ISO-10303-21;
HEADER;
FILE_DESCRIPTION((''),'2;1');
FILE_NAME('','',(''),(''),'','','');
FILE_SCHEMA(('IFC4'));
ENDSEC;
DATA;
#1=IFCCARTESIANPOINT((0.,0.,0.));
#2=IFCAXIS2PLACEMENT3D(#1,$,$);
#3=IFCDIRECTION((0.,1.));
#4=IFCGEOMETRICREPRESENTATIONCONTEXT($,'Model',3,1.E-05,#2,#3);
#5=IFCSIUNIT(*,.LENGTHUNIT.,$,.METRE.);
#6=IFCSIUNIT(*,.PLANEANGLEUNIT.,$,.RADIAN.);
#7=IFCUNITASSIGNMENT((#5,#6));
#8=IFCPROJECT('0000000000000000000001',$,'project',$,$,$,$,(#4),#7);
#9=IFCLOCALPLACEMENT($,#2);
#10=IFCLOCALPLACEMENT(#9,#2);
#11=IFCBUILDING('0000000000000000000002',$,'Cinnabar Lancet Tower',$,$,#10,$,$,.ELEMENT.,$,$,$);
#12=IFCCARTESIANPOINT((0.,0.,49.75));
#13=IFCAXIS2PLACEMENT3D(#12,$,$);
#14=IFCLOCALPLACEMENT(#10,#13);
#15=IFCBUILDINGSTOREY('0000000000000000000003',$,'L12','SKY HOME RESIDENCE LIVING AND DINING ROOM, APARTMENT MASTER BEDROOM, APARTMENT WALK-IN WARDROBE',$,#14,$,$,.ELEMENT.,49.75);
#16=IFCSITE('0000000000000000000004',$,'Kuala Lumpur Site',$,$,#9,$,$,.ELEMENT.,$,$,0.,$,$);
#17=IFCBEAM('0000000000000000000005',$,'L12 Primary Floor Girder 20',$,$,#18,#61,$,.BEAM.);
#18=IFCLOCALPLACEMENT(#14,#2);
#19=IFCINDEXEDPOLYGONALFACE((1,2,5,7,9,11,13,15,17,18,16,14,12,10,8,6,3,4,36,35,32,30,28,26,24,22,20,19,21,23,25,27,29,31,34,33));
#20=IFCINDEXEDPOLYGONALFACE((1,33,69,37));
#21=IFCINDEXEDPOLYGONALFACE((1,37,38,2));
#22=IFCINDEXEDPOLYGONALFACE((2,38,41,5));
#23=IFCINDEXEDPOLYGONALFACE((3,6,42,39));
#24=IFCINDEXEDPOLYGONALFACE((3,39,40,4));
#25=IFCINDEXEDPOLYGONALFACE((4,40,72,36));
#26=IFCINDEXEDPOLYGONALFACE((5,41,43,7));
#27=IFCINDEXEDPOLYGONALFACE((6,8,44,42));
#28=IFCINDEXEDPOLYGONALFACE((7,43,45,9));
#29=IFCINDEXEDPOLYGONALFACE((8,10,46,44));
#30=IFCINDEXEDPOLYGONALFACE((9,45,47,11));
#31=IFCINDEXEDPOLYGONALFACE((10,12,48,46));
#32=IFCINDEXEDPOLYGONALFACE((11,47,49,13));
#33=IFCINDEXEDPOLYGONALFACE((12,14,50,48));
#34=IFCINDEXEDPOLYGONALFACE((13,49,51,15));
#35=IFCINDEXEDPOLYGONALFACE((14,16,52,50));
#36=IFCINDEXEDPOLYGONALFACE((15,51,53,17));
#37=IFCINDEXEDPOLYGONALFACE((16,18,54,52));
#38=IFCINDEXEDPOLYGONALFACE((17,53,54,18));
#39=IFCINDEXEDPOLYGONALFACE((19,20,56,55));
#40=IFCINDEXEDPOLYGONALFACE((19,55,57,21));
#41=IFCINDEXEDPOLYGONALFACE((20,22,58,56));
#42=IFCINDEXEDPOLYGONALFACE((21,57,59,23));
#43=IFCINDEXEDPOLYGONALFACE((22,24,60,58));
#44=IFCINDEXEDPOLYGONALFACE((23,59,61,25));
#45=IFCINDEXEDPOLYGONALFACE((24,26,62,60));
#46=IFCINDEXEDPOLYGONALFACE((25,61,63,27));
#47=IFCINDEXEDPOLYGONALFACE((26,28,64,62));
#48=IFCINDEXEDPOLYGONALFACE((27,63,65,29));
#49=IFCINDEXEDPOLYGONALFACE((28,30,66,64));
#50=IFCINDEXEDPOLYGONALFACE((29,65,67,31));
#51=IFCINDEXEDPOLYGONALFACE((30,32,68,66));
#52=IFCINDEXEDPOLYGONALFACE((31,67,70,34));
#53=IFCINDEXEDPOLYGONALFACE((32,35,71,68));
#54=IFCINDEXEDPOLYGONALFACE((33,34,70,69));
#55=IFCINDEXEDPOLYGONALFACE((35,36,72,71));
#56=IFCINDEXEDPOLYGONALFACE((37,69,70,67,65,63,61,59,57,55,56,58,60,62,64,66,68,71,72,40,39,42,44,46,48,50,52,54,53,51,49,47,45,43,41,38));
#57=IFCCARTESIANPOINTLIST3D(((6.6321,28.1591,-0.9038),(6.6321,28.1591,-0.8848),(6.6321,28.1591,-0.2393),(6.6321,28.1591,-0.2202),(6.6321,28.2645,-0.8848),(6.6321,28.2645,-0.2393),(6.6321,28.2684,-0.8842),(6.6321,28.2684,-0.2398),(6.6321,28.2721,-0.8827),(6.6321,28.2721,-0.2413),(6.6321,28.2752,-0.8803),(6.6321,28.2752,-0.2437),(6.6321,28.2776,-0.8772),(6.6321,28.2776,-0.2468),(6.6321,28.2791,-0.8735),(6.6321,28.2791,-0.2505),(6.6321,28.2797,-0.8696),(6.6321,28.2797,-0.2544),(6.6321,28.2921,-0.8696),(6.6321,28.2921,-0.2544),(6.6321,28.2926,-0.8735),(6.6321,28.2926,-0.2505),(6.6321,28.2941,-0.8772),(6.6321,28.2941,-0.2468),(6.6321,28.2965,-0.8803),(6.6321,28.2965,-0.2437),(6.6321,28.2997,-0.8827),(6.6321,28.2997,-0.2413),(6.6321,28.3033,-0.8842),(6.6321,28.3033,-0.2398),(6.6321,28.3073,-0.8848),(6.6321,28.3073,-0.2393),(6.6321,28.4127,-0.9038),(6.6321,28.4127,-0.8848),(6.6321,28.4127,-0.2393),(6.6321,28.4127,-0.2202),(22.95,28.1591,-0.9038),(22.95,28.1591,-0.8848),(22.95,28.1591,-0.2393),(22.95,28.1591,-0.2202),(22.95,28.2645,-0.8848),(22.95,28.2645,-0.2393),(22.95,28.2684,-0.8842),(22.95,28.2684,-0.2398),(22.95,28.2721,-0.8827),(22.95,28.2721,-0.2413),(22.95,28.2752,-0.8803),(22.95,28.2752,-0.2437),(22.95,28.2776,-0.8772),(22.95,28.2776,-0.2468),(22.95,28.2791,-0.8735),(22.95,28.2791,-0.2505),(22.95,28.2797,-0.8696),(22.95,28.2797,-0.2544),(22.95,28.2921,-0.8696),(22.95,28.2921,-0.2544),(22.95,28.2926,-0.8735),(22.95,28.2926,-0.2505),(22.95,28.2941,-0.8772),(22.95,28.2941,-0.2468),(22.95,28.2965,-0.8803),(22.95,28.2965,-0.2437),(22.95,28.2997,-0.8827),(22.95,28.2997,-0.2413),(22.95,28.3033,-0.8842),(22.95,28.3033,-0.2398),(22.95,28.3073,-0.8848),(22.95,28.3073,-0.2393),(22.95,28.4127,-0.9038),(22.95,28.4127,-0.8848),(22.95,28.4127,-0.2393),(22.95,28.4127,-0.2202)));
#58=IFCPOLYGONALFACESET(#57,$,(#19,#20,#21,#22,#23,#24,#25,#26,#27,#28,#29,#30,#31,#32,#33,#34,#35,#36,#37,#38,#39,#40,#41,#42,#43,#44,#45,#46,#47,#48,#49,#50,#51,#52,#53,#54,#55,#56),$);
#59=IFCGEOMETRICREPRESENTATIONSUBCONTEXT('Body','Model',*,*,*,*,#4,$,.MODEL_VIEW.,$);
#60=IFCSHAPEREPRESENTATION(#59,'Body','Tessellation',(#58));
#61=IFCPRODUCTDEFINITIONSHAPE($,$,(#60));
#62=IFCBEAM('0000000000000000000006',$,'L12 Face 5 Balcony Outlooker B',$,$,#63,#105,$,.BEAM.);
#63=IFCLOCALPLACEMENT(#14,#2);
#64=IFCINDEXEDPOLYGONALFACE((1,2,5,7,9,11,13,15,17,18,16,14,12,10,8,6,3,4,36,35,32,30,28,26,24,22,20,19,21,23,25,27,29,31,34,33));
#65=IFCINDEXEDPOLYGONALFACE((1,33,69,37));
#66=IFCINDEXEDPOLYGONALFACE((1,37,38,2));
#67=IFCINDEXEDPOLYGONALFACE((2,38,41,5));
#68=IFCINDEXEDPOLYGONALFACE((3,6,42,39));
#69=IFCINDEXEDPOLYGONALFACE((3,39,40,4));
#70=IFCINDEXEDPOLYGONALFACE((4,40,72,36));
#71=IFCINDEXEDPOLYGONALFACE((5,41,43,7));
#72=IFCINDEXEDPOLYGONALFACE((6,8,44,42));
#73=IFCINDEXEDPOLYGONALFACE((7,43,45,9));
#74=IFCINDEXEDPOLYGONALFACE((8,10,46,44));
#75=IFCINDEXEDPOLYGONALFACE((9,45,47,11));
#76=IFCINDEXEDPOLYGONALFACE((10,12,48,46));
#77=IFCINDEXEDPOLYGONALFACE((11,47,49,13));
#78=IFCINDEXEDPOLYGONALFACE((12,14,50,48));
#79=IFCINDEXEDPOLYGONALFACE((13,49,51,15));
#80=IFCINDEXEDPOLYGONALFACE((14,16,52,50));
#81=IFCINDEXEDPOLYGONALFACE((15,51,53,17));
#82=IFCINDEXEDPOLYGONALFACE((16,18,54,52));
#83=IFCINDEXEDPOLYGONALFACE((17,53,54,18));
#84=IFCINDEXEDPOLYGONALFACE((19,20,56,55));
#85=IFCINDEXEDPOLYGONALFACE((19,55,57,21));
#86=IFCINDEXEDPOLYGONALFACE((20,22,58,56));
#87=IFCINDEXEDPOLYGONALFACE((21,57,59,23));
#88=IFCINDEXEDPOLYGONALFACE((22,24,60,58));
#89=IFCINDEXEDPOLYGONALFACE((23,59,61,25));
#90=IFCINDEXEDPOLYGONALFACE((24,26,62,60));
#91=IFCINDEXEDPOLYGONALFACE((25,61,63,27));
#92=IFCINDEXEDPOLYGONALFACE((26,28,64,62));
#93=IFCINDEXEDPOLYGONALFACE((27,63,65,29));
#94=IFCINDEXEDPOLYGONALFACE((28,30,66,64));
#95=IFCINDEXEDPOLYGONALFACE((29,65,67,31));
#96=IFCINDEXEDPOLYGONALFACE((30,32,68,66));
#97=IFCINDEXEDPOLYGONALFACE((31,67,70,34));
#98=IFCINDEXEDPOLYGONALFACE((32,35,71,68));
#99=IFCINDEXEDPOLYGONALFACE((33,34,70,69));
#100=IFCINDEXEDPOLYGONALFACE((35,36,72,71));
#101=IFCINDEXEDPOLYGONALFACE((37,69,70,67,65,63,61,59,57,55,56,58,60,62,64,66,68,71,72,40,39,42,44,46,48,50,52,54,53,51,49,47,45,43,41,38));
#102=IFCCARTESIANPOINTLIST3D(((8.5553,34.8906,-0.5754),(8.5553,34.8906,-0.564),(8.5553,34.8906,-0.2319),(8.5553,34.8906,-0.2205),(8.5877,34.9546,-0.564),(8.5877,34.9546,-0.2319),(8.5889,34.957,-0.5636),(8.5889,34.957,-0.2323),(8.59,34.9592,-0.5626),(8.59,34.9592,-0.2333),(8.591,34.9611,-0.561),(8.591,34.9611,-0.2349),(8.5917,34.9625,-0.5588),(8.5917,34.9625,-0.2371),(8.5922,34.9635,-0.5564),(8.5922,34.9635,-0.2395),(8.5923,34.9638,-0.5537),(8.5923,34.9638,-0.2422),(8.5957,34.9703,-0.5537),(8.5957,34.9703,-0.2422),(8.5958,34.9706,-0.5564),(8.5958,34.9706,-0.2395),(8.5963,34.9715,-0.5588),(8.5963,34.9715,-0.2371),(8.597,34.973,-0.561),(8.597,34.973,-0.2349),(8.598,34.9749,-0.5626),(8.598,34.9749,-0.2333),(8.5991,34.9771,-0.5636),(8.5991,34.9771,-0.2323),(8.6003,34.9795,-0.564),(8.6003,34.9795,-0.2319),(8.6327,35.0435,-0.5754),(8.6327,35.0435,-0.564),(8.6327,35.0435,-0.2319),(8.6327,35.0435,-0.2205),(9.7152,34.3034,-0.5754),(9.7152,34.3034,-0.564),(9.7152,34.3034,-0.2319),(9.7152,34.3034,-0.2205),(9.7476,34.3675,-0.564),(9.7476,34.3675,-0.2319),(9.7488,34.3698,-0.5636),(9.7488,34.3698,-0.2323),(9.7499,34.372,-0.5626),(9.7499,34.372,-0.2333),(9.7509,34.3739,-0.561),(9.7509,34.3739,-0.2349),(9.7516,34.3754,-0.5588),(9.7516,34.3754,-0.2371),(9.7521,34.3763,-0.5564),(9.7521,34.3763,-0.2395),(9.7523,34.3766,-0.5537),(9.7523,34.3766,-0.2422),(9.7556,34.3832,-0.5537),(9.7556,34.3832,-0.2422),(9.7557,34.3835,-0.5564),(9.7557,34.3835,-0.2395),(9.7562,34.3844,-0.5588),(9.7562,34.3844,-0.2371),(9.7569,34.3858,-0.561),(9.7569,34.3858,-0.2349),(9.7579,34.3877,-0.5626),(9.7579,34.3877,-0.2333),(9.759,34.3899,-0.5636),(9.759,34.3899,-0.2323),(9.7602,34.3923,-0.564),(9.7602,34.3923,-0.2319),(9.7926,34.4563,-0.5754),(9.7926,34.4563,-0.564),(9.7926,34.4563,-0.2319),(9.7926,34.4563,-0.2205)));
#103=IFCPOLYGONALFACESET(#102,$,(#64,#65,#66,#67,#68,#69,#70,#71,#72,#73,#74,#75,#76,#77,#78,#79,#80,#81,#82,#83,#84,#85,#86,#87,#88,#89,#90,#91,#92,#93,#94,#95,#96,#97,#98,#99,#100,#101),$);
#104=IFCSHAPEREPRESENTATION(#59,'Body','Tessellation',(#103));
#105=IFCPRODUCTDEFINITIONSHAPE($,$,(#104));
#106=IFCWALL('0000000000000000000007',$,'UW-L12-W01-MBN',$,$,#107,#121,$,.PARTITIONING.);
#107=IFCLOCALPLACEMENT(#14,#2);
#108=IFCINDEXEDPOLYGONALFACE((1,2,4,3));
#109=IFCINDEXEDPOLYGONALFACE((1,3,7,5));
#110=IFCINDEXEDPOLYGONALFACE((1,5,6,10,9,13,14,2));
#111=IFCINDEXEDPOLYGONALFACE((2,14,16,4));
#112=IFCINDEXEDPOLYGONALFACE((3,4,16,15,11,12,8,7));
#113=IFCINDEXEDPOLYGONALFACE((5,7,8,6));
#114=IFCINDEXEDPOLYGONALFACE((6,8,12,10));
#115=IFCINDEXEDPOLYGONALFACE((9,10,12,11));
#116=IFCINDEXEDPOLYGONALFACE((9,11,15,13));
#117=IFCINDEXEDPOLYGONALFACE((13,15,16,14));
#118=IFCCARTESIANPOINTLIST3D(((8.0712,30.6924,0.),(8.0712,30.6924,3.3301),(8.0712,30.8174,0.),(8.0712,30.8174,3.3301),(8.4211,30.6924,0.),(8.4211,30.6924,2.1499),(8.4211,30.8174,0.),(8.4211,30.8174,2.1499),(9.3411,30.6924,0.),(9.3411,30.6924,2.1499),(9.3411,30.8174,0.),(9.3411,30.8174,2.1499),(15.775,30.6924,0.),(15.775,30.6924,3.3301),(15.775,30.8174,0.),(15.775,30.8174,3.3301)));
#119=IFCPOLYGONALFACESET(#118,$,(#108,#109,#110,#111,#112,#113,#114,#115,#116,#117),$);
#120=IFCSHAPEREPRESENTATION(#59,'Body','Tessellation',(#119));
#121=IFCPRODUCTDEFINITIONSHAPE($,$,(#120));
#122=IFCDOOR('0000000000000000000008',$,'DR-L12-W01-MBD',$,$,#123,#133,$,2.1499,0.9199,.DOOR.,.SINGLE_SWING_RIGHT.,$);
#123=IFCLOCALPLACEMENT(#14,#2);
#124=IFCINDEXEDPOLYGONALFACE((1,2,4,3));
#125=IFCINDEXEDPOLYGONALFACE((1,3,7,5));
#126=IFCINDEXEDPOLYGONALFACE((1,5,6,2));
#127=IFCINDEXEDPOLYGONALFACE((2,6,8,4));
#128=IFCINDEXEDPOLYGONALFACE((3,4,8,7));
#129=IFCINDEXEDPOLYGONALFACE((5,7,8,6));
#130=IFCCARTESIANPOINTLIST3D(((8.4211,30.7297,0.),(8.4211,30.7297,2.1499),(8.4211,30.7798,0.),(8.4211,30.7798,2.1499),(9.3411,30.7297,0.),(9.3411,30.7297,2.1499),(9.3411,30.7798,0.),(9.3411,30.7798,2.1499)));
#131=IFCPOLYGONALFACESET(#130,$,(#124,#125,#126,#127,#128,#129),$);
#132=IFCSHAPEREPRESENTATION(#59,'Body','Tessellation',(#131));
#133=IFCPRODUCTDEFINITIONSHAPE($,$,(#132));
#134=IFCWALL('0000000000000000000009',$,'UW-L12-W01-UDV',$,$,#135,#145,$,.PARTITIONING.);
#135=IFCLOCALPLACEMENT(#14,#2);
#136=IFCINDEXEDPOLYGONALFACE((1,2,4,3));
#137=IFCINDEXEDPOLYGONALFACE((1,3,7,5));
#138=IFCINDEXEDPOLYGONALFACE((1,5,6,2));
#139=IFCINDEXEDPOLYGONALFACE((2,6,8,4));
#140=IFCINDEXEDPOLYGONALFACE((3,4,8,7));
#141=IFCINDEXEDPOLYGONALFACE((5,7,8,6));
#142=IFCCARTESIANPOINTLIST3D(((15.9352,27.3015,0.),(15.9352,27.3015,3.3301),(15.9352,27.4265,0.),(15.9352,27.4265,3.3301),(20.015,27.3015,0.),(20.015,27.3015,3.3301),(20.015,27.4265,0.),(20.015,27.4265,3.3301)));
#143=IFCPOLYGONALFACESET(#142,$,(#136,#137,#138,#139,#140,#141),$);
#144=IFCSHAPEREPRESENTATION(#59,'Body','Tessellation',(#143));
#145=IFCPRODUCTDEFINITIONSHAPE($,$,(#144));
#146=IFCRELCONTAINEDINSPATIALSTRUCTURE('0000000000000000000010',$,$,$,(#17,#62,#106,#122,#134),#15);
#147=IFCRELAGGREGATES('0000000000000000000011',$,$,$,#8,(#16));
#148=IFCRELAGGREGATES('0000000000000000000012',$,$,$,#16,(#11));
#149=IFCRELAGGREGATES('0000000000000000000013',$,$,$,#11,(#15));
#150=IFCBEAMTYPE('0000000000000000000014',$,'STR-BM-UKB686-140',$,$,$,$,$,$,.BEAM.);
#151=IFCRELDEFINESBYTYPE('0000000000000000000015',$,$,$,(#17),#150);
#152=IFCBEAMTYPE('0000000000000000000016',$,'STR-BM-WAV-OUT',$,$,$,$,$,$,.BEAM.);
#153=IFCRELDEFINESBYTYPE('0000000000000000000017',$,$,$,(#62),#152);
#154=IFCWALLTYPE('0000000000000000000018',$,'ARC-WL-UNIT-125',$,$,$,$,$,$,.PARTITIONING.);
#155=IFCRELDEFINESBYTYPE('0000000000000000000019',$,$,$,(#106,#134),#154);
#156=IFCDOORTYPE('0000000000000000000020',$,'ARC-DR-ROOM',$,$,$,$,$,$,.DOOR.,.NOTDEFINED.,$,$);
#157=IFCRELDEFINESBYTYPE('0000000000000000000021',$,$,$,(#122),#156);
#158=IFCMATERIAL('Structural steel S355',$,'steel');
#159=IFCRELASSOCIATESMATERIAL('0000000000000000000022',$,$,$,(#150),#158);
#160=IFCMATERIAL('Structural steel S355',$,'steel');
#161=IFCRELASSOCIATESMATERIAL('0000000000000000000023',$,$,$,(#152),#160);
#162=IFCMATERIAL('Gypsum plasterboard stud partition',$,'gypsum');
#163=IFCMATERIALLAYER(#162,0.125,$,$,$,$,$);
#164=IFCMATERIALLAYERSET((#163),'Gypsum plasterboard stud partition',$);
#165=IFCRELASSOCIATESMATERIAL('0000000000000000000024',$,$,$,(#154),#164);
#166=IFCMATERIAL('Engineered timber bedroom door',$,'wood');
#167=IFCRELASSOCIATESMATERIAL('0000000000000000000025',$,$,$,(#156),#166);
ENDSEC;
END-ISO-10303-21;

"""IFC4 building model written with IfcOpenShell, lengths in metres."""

from ifc_helpers import new_model, si_unit, direction, frame, frame_2d, origin, origin_2d, place, context, subcontext, project, spatial, rectangle, i_section, extrude, material, layer, layer_set, material_profile, profile_set, type_object, element, fill, save


model = new_model("IFC4")

# Units and contexts
model_context = context("Model", 3, precision=1e-05, world=origin(), true_north=direction((0.0, 1.0)))
body_context = subcontext(model_context, "Body", "Model", "MODEL_VIEW")
ifc_project = project(units=[si_unit("LENGTHUNIT", "METRE"), si_unit("PLANEANGLEUNIT", "RADIAN")], contexts=[model_context])

# Site, building, storey
site_placement = place(None, origin())
site = spatial("IfcSite", under=ifc_project, at=site_placement, Name="Kuala Lumpur Site", CompositionType="ELEMENT", RefElevation=0.0)
building_placement = place(site_placement, origin())
building = spatial("IfcBuilding", under=site, at=building_placement, Name="Cinnabar Lancet Tower", CompositionType="ELEMENT")
storey_placement = place(building_placement, frame((0.0, 0.0, 49.75)))
storey = spatial("IfcBuildingStorey", under=building, at=storey_placement, Name="L12", Description="SKY HOME RESIDENCE LIVING AND DINING ROOM, APARTMENT MASTER BEDROOM, APARTMENT WALK-IN WARDROBE", CompositionType="ELEMENT", Elevation=49.75)

# Beams
ifc_material_1 = material(Name="Structural steel S355", Category="steel")
ifc_material_profile_1 = material_profile(ifc_material_1, i_section(OverallWidth=0.2537, OverallDepth=0.6836, WebThickness=0.0125, FlangeThickness=0.019, FilletRadius=0.0151, at=origin_2d()), Name="UKB 686x254x140")
ifc_profile_set_1 = profile_set([ifc_material_profile_1], Name="Structural steel S355")
beam_type_1 = type_object("IfcBeamType", Name="STR-BM-UKB686-140", PredefinedType="BEAM", material=ifc_profile_set_1)
beam_1_placement = place(storey_placement, frame((6.6321, 28.2859, -0.562), z_axis=(1.0, 0.0, 0.0), x_axis=(0.0, 1.0, 0.0)))
element("IfcBeam", 1, at=beam_1_placement, inside=storey, type_object=beam_type_1, Name="L12 Primary Floor Girder 20", PredefinedType="BEAM", context=body_context, shape_type="SweptSolid", body=[
    extrude(i_section(OverallWidth=0.2537, OverallDepth=0.6836, WebThickness=0.0125, FlangeThickness=0.019, FilletRadius=0.0151, at=origin_2d()), origin(), (0.0, 0.0, 1.0), 16.3179),
])
ifc_material_2 = material(Name="Structural steel S355", Category="steel")
ifc_material_profile_2 = material_profile(ifc_material_2, i_section(OverallWidth=0.1714, OverallDepth=0.355, WebThickness=0.0073, FlangeThickness=0.0115, FilletRadius=0.0103, at=origin_2d()), Name="UKB 356x171x51")
ifc_profile_set_2 = profile_set([ifc_material_profile_2], Name="Structural steel S355")
beam_type_2 = type_object("IfcBeamType", Name="STR-BM-WAV-OUT", PredefinedType="BEAM", material=ifc_profile_set_2)
beam_2_placement = place(storey_placement, frame((9.7539, 34.3799, -0.3979), z_axis=(-0.8922, 0.45164, 0.0), x_axis=(-0.45164, -0.8922, 0.0)))
element("IfcBeam", 2, at=beam_2_placement, inside=storey, type_object=beam_type_2, Name="L12 Face 5 Balcony Outlooker B", PredefinedType="BEAM", context=body_context, shape_type="SweptSolid", body=[
    extrude(i_section(OverallWidth=0.1714, OverallDepth=0.355, WebThickness=0.0073, FlangeThickness=0.0115, FilletRadius=0.0103, at=origin_2d()), origin(), (0.0, 0.0, 1.0), 1.3),
])

# Wall, opening, door
ifc_material_3 = material(Name="Gypsum plasterboard stud partition", Category="gypsum")
ifc_layer_1 = layer(ifc_material_3, 0.125)
ifc_layer_set_1 = layer_set([ifc_layer_1], Name="Gypsum plasterboard stud partition")
wall_type_1 = type_object("IfcWallType", Name="ARC-WL-UNIT-125", PredefinedType="PARTITIONING", material=ifc_layer_set_1)
wall_1_placement = place(storey_placement, frame((8.071, 30.7549, 0.0), z_axis=(0.0, 0.0, 1.0), x_axis=(1.0, 0.0, 0.0)))
wall_1 = element("IfcWall", 3, at=wall_1_placement, inside=storey, type_object=wall_type_1, Name="UW-L12-W01-MBN", PredefinedType="PARTITIONING", context=body_context, shape_type="SweptSolid", body=[
    extrude(rectangle(XDim=7.7039, YDim=0.125, at=frame_2d((3.8521, 0.0))), origin(), (0.0, 0.0, 1.0), 3.3301),
])
opening_1_placement = place(wall_1_placement, frame((0.3501, 0.0, 0.0)))
opening_1 = element("IfcOpeningElement", 4, at=opening_1_placement, cuts=wall_1, PredefinedType="OPENING", context=body_context, shape_type="SweptSolid", body=[
    extrude(rectangle(XDim=0.9199, YDim=2.1499, at=frame_2d((0.46, 1.075))), frame((0.0, 0.0725, 0.0), z_axis=(0.0, -1.0, 0.0), x_axis=(1.0, 0.0, 0.0)), (0.0, 0.0, 1.0), 0.145),
])
ifc_material_4 = material(Name="Engineered timber bedroom door", Category="wood")
door_type_1 = type_object("IfcDoorType", Name="ARC-DR-ROOM", OperationType="NOTDEFINED", PredefinedType="DOOR", material=ifc_material_4)
door_1_placement = place(opening_1_placement, origin())
door_1 = element("IfcDoor", 5, at=door_1_placement, inside=storey, type_object=door_type_1, Name="DR-L12-W01-MBD", OperationType="SINGLE_SWING_RIGHT", OverallHeight=2.1499, OverallWidth=0.9199, PredefinedType="DOOR", context=body_context, shape_type="SweptSolid", body=[
    extrude(rectangle(XDim=0.9199, YDim=2.1499, at=frame_2d((0.46, 1.075))), frame((0.0, 0.0249, 0.0), z_axis=(0.0, -1.0, 0.0), x_axis=(1.0, 0.0, 0.0)), (0.0, 0.0, 1.0), 0.05),
])
fill(opening_1, door_1)

# Wall
wall_2_placement = place(storey_placement, frame((15.9351, 27.364, 0.0), z_axis=(0.0, 0.0, 1.0), x_axis=(1.0, 0.0, 0.0)))
element("IfcWall", 6, at=wall_2_placement, inside=storey, type_object=wall_type_1, Name="UW-L12-W01-UDV", PredefinedType="PARTITIONING", context=body_context, shape_type="SweptSolid", body=[
    extrude(rectangle(XDim=4.0798, YDim=0.125, at=frame_2d((2.04, 0.0))), origin(), (0.0, 0.0, 1.0), 3.3301),
])

save(model, "model.ifc")
